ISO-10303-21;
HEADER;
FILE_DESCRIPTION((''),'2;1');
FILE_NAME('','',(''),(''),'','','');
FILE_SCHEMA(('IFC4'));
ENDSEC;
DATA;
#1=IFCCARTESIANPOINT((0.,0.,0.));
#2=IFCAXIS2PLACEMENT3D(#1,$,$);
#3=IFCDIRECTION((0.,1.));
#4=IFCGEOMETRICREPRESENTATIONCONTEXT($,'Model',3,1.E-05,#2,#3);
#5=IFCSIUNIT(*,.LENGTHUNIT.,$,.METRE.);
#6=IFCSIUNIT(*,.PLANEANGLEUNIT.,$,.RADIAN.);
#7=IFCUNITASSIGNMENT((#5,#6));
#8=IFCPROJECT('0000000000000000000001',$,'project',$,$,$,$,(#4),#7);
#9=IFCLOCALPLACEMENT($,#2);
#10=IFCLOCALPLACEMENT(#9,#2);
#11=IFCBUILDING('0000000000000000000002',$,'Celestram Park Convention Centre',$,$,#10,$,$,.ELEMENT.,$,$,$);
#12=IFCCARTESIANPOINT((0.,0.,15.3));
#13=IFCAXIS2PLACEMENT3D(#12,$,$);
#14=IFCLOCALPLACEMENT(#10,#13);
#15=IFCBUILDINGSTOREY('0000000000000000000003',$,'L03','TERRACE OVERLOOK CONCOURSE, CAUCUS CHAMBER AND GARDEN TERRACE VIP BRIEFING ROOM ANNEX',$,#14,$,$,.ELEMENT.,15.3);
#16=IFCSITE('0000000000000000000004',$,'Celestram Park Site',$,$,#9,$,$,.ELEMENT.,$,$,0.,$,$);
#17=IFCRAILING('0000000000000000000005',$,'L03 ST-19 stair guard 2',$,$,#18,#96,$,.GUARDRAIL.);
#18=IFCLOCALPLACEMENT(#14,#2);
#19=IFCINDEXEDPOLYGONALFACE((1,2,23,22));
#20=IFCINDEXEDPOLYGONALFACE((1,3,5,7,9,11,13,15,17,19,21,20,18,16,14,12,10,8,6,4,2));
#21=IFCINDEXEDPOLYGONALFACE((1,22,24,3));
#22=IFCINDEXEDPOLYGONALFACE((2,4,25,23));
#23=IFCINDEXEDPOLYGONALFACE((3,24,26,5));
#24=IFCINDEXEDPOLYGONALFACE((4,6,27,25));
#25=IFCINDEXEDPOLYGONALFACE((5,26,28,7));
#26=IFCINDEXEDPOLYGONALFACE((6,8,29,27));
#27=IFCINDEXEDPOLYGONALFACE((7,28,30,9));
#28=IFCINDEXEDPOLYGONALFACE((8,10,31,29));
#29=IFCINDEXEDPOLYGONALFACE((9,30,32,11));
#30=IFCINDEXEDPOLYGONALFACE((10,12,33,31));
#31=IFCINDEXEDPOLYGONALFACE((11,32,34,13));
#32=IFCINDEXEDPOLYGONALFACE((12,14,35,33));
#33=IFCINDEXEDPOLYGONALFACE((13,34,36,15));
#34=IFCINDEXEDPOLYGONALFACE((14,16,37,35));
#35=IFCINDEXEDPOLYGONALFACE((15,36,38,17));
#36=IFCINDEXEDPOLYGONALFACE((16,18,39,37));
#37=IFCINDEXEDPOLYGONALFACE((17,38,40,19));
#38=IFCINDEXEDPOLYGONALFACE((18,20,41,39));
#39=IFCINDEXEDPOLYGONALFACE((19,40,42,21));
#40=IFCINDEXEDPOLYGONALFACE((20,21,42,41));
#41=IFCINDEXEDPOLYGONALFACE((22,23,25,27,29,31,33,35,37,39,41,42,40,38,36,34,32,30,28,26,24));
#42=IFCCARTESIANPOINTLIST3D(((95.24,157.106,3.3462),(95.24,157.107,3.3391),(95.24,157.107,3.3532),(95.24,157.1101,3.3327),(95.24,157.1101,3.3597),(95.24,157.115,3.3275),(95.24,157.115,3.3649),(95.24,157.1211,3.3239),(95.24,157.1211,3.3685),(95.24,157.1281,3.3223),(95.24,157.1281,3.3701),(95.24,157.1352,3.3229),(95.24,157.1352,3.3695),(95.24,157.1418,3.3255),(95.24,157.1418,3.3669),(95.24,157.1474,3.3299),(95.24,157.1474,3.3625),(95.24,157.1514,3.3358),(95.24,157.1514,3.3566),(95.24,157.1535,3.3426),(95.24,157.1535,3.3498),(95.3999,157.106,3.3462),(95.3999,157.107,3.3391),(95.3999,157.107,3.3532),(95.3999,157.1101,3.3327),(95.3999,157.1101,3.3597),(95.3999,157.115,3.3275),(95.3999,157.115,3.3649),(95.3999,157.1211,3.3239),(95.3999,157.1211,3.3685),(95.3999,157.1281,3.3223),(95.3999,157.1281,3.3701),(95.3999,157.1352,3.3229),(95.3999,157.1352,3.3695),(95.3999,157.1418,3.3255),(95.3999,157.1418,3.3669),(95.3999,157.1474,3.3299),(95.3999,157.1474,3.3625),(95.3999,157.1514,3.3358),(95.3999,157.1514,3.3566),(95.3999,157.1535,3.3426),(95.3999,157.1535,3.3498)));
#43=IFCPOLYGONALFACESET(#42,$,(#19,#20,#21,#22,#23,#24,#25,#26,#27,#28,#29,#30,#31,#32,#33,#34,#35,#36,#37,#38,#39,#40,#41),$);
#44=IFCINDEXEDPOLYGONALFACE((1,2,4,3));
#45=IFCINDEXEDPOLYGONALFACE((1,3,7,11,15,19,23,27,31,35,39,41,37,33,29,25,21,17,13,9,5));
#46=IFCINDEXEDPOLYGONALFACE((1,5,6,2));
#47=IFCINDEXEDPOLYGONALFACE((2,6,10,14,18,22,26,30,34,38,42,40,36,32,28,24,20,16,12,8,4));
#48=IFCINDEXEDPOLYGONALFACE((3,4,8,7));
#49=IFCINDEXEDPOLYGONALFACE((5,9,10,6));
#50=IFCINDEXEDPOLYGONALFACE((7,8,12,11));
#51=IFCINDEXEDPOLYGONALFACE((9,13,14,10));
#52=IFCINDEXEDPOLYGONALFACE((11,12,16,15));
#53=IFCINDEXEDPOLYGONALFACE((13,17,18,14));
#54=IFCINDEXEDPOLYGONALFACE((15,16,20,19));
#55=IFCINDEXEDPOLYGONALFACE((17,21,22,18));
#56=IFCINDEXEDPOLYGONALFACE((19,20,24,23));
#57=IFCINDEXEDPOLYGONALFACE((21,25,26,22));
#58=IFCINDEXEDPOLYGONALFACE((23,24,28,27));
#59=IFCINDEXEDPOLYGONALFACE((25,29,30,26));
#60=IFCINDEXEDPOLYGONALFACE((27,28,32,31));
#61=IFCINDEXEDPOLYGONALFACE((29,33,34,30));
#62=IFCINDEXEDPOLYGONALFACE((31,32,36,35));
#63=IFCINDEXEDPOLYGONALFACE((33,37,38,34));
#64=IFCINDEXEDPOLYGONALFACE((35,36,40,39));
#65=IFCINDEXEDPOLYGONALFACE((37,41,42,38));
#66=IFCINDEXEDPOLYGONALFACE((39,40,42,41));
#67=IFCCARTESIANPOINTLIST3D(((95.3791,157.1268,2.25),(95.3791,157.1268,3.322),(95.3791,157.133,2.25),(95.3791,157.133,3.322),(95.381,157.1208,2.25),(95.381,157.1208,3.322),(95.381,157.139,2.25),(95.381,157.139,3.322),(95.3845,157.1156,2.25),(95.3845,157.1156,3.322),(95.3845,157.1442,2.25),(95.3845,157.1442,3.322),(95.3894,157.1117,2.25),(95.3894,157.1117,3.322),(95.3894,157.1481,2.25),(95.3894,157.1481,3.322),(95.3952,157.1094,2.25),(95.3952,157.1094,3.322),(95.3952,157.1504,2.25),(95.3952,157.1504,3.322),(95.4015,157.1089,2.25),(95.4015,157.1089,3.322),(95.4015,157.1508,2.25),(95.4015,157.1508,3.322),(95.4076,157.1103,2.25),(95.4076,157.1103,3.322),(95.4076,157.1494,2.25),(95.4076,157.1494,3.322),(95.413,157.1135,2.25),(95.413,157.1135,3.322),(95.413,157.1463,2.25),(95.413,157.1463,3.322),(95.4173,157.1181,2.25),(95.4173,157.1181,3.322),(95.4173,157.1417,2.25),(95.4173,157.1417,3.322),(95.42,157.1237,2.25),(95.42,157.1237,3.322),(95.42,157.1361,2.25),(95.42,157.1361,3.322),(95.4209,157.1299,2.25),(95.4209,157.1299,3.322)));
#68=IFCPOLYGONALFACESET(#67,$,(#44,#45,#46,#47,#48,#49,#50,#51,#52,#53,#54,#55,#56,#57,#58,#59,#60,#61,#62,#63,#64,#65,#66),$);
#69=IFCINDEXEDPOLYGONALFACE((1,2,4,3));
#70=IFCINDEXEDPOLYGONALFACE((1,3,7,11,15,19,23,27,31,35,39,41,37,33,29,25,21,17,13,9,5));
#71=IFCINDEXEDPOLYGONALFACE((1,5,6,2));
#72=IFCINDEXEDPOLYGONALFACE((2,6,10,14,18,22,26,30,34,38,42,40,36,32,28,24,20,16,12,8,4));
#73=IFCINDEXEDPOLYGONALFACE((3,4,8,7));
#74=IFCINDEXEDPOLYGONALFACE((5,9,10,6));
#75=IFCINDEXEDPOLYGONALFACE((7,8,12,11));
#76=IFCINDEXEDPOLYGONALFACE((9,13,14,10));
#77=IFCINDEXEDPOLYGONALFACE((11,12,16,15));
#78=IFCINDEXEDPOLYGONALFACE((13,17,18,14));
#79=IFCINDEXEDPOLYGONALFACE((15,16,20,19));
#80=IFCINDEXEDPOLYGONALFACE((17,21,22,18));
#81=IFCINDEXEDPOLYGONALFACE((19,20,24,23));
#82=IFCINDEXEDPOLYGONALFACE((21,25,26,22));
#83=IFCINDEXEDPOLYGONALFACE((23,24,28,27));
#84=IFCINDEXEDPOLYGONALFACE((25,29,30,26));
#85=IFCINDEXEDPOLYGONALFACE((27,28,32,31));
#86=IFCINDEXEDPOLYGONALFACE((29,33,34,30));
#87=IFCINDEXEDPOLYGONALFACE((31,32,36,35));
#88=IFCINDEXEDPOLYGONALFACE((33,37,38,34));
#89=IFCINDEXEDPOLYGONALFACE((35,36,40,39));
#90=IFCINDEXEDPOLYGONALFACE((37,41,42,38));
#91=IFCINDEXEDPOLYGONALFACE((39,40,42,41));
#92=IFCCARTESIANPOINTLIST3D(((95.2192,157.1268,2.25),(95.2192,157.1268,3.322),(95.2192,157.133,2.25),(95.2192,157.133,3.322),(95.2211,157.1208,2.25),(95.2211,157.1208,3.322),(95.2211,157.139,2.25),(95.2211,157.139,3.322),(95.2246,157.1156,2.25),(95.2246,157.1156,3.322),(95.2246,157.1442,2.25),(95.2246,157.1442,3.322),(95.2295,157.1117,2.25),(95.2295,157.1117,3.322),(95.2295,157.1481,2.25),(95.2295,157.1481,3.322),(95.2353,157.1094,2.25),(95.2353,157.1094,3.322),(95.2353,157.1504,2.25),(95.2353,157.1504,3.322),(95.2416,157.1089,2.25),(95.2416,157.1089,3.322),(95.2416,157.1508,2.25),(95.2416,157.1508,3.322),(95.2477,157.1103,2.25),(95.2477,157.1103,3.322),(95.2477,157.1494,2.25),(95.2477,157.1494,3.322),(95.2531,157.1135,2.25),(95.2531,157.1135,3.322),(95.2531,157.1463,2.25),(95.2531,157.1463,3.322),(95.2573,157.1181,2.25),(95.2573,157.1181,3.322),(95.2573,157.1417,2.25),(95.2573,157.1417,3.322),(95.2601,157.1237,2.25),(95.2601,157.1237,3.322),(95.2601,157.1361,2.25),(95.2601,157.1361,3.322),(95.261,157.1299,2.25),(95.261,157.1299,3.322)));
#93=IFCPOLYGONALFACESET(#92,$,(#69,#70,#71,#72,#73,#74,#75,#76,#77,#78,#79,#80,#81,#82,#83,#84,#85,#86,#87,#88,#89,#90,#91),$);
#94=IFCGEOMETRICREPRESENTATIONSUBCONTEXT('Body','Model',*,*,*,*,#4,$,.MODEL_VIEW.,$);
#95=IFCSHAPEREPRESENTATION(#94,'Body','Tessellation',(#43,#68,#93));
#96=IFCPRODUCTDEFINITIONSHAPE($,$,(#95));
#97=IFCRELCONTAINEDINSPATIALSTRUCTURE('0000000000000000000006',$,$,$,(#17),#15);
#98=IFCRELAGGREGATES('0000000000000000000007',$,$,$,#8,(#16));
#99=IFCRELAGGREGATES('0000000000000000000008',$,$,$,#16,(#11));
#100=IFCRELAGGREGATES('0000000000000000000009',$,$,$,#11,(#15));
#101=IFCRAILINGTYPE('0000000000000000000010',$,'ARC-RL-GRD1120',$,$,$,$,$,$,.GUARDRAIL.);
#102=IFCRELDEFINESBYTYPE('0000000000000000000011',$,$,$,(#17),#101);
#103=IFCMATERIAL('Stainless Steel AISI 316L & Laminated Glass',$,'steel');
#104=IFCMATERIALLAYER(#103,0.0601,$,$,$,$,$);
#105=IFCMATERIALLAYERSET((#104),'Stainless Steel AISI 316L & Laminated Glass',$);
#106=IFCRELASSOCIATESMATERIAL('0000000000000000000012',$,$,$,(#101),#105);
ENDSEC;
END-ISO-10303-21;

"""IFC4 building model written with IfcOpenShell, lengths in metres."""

from ifc_helpers import new_model, si_unit, direction, frame, origin, origin_2d, place, context, subcontext, project, spatial, circle, extrude, material, layer, layer_set, type_object, element, save


model = new_model("IFC4")

# Units and contexts
model_context = context("Model", 3, precision=1e-05, world=origin(), true_north=direction((0.0, 1.0)))
body_context = subcontext(model_context, "Body", "Model", "MODEL_VIEW")
ifc_project = project(units=[si_unit("LENGTHUNIT", "METRE"), si_unit("PLANEANGLEUNIT", "RADIAN")], contexts=[model_context])

# Site, building, storey
site_placement = place(None, origin())
site = spatial("IfcSite", under=ifc_project, at=site_placement, Name="Celestram Park Site", CompositionType="ELEMENT", RefElevation=0.0)
building_placement = place(site_placement, origin())
building = spatial("IfcBuilding", under=site, at=building_placement, Name="Celestram Park Convention Centre", CompositionType="ELEMENT")
storey_placement = place(building_placement, frame((0.0, 0.0, 15.3)))
storey = spatial("IfcBuildingStorey", under=building, at=storey_placement, Name="L03", Description="TERRACE OVERLOOK CONCOURSE, CAUCUS CHAMBER AND GARDEN TERRACE VIP BRIEFING ROOM ANNEX", CompositionType="ELEMENT", Elevation=15.3)

# Railing
ifc_material_1 = material(Name="Stainless Steel AISI 316L & Laminated Glass", Category="steel")
ifc_layer_1 = layer(ifc_material_1, 0.0601)
ifc_layer_set_1 = layer_set([ifc_layer_1], Name="Stainless Steel AISI 316L & Laminated Glass")
railing_type_1 = type_object("IfcRailingType", Name="ARC-RL-GRD1120", PredefinedType="GUARDRAIL", material=ifc_layer_set_1)
railing_1_placement = place(storey_placement, frame((95.3999, 157.1299, 2.25)))
element("IfcRailing", 1, at=railing_1_placement, inside=storey, type_object=railing_type_1, Name="L03 ST-19 stair guard 2", PredefinedType="GUARDRAIL", context=body_context, shape_type="SweptSolid", body=[
    extrude(circle(Radius=0.0239, at=origin_2d()), frame((0.0, 0.0, 1.0962), z_axis=(-1.0, 0.0, 0.0), x_axis=(0.0, -1.0, 0.0)), (0.0, 0.0, 1.0), 0.1599),
    extrude(circle(Radius=0.021, at=origin_2d()), origin(), (0.0, 0.0, 1.0), 1.072),
    extrude(circle(Radius=0.021, at=origin_2d()), frame((-0.1599, 0.0, 0.0)), (0.0, 0.0, 1.0), 1.072),
])

save(model, "model.ifc")
